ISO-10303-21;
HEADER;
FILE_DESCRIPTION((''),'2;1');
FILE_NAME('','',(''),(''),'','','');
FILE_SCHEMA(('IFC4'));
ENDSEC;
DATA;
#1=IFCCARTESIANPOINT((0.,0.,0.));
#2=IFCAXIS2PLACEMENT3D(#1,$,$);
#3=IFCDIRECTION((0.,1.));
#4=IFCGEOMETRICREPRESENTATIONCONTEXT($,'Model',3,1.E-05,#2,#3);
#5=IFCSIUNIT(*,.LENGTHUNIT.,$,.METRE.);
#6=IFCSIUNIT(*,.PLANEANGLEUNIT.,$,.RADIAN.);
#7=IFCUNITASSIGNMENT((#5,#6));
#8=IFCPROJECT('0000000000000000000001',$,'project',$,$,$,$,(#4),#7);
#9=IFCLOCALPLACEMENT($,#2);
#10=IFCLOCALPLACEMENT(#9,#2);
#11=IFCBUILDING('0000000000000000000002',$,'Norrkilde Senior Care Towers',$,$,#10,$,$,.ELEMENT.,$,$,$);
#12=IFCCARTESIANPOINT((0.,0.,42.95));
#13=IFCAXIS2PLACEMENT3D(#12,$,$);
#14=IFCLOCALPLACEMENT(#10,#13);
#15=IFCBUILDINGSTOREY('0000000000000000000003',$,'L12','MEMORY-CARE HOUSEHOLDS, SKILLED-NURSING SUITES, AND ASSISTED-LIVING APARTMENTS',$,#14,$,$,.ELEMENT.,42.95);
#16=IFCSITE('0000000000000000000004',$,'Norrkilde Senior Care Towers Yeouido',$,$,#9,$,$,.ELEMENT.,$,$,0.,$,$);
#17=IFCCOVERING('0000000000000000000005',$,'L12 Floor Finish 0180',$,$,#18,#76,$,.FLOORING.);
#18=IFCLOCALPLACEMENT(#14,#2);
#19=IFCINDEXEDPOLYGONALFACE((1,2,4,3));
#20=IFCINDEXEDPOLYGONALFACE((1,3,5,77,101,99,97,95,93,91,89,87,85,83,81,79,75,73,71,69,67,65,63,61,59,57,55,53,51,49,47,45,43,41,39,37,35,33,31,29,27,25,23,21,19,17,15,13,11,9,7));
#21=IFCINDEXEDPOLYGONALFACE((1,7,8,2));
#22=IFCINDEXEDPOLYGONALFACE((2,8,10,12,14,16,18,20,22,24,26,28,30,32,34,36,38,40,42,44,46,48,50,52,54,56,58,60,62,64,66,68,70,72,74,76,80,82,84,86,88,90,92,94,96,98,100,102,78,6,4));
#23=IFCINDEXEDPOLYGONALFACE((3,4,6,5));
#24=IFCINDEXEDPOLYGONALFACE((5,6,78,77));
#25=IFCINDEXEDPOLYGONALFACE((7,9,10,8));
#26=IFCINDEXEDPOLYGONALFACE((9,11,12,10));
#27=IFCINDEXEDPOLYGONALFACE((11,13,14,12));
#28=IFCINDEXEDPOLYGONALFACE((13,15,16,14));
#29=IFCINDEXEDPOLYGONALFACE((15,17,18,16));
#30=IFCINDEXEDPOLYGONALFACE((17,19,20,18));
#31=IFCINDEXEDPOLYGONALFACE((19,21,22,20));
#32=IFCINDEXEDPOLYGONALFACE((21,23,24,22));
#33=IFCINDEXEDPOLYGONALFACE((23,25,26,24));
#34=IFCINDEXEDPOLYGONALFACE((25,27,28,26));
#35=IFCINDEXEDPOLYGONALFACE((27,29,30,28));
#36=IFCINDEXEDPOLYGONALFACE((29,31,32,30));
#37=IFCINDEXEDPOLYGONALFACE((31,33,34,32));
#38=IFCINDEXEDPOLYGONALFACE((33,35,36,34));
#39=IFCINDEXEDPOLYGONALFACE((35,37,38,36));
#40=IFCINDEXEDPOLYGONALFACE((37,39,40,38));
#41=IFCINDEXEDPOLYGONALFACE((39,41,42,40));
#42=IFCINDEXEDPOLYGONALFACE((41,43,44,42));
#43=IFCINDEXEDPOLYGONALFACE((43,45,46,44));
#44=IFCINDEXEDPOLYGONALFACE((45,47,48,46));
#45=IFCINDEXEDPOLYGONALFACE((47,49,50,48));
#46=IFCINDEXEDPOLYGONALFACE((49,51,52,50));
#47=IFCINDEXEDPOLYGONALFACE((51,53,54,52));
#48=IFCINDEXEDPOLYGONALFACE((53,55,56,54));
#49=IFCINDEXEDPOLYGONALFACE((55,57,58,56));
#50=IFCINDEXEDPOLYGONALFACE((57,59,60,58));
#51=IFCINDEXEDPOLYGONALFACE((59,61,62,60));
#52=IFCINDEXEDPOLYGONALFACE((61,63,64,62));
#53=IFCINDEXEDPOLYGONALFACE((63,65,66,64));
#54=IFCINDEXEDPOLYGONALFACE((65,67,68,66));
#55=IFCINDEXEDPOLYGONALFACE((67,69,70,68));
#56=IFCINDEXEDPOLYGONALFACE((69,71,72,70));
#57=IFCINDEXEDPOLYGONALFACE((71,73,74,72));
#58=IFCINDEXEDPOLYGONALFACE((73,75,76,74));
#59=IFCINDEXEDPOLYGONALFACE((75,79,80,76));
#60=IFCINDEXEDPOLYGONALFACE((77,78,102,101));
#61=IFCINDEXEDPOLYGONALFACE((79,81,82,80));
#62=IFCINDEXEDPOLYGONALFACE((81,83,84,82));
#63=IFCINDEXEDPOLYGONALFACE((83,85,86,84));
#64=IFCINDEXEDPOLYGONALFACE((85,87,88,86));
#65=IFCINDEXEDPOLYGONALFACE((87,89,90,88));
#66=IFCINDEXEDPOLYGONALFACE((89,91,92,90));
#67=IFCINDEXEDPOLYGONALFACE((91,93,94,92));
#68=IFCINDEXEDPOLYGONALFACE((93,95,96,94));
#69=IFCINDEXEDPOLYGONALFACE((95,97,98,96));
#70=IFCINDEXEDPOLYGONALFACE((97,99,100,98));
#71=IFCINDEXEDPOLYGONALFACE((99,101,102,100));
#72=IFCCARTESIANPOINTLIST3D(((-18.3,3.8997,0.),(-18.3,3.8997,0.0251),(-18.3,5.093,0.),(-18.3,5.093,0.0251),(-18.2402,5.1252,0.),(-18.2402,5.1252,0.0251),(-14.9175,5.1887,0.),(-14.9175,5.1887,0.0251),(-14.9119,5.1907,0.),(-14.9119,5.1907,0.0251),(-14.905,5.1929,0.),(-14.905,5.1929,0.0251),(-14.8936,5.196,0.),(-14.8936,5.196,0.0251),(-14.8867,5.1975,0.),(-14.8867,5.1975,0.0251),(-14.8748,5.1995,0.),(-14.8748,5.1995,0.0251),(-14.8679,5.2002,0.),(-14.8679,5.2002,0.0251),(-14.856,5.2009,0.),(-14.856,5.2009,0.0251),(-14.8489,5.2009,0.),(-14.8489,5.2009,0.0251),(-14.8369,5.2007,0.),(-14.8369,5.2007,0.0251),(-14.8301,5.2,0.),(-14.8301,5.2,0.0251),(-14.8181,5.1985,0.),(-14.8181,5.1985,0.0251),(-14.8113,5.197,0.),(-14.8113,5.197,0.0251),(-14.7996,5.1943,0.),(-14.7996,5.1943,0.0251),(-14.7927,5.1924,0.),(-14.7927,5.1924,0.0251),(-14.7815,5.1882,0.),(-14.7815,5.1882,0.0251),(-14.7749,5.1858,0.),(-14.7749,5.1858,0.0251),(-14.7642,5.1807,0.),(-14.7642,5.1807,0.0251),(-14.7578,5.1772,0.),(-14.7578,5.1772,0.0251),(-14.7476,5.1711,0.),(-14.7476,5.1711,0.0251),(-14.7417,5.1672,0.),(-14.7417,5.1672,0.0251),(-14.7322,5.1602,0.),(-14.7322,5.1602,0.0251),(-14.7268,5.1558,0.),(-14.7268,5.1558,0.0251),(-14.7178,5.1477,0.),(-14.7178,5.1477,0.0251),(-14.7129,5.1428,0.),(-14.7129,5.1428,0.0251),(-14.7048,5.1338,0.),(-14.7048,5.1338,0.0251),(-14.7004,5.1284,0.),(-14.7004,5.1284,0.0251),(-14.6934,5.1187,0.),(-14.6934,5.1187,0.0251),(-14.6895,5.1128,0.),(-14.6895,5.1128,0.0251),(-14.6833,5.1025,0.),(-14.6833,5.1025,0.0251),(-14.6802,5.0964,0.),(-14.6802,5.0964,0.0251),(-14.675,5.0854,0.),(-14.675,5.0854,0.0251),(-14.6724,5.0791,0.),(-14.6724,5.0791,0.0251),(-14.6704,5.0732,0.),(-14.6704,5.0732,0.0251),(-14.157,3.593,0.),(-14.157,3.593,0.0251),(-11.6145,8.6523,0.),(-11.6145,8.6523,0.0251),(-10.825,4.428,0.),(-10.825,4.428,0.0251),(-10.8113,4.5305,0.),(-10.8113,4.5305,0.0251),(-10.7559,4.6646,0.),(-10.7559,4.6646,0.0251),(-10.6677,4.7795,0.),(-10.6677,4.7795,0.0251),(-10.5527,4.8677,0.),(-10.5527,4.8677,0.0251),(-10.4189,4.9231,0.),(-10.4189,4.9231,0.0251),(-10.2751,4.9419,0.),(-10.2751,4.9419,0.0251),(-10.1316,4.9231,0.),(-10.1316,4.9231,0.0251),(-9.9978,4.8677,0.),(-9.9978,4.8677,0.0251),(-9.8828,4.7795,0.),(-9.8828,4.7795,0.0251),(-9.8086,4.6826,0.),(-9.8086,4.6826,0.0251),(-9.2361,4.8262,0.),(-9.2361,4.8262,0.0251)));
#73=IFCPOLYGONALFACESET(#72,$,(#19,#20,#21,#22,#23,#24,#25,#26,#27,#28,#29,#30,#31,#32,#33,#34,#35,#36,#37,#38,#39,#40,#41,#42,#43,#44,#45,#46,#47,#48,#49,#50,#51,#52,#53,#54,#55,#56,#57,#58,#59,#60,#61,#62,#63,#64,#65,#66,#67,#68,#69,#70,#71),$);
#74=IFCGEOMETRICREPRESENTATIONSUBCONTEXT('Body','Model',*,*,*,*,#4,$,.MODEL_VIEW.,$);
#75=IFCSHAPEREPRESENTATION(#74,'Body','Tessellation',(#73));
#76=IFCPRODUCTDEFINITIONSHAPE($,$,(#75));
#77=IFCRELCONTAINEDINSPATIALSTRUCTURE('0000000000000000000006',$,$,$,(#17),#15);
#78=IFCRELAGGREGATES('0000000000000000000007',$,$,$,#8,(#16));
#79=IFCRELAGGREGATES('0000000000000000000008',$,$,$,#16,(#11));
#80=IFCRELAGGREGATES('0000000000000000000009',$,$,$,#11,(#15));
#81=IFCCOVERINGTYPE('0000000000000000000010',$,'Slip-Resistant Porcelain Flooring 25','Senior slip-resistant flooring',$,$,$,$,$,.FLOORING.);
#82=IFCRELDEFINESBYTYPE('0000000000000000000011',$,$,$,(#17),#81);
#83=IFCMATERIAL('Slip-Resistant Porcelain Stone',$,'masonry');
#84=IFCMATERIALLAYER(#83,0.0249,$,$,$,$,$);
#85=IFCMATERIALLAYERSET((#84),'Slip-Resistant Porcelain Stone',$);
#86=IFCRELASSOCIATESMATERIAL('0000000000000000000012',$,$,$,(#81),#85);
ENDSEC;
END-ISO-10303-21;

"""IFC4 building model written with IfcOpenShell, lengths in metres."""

from ifc_helpers import new_model, si_unit, direction, frame, origin, place, context, subcontext, project, spatial, polyline, outline, extrude, material, layer, layer_set, type_object, element, save


model = new_model("IFC4")

# Units and contexts
model_context = context("Model", 3, precision=1e-05, world=origin(), true_north=direction((0.0, 1.0)))
body_context = subcontext(model_context, "Body", "Model", "MODEL_VIEW")
ifc_project = project(units=[si_unit("LENGTHUNIT", "METRE"), si_unit("PLANEANGLEUNIT", "RADIAN")], contexts=[model_context])

# Site, building, storey
site_placement = place(None, origin())
site = spatial("IfcSite", under=ifc_project, at=site_placement, Name="Norrkilde Senior Care Towers Yeouido", CompositionType="ELEMENT", RefElevation=0.0)
building_placement = place(site_placement, origin())
building = spatial("IfcBuilding", under=site, at=building_placement, Name="Norrkilde Senior Care Towers", CompositionType="ELEMENT")
storey_placement = place(building_placement, frame((0.0, 0.0, 42.95)))
storey = spatial("IfcBuildingStorey", under=building, at=storey_placement, Name="L12", Description="MEMORY-CARE HOUSEHOLDS, SKILLED-NURSING SUITES, AND ASSISTED-LIVING APARTMENTS", CompositionType="ELEMENT", Elevation=42.95)

# Covering
ifc_material_1 = material(Name="Slip-Resistant Porcelain Stone", Category="masonry")
ifc_layer_1 = layer(ifc_material_1, 0.0249)
ifc_layer_set_1 = layer_set([ifc_layer_1], Name="Slip-Resistant Porcelain Stone")
covering_type_1 = type_object("IfcCoveringType", Name="Slip-Resistant Porcelain Flooring 25", Description="Senior slip-resistant flooring", PredefinedType="FLOORING", material=ifc_layer_set_1)
covering_1_placement = place(storey_placement, origin())
element("IfcCovering", 1, at=covering_1_placement, inside=storey, type_object=covering_type_1, Name="L12 Floor Finish 0180", PredefinedType="FLOORING", context=body_context, shape_type="SweptSolid", body=[
    extrude(outline(polyline([(-14.6895, 5.1128), (-14.6934, 5.1187), (-14.7004, 5.1284), (-14.7048, 5.1338), (-14.7129, 5.1428), (-14.7178, 5.1477), (-14.7268, 5.1558), (-14.7322, 5.1602), (-14.7417, 5.1672), (-14.7476, 5.1711), (-14.7578, 5.1772), (-14.7642, 5.1807), (-14.7749, 5.1858), (-14.7815, 5.1882), (-14.7927, 5.1924), (-14.7996, 5.1943), (-14.8113, 5.197), (-14.8181, 5.1985), (-14.8301, 5.2), (-14.8369, 5.2007), (-14.8489, 5.2009), (-14.856, 5.2009), (-14.8679, 5.2002), (-14.8748, 5.1995), (-14.8867, 5.1975), (-14.8936, 5.196), (-14.905, 5.1929), (-14.9119, 5.1907), (-14.9175, 5.1887), (-18.3, 3.8997), (-18.3, 5.093), (-18.2402, 5.1252), (-11.6145, 8.6523), (-9.2361, 4.8262), (-9.8086, 4.6826), (-9.8828, 4.7795), (-9.9978, 4.8677), (-10.1316, 4.9231), (-10.2751, 4.9419), (-10.4189, 4.9231), (-10.5527, 4.8677), (-10.6677, 4.7795), (-10.7559, 4.6646), (-10.8113, 4.5305), (-10.825, 4.428), (-14.157, 3.593), (-14.6704, 5.0732), (-14.6724, 5.0791), (-14.675, 5.0854), (-14.6802, 5.0964), (-14.6833, 5.1025), (-14.6895, 5.1128)])), origin(), (0.0, 0.0, 1.0), 0.0251),
])

save(model, "model.ifc")
